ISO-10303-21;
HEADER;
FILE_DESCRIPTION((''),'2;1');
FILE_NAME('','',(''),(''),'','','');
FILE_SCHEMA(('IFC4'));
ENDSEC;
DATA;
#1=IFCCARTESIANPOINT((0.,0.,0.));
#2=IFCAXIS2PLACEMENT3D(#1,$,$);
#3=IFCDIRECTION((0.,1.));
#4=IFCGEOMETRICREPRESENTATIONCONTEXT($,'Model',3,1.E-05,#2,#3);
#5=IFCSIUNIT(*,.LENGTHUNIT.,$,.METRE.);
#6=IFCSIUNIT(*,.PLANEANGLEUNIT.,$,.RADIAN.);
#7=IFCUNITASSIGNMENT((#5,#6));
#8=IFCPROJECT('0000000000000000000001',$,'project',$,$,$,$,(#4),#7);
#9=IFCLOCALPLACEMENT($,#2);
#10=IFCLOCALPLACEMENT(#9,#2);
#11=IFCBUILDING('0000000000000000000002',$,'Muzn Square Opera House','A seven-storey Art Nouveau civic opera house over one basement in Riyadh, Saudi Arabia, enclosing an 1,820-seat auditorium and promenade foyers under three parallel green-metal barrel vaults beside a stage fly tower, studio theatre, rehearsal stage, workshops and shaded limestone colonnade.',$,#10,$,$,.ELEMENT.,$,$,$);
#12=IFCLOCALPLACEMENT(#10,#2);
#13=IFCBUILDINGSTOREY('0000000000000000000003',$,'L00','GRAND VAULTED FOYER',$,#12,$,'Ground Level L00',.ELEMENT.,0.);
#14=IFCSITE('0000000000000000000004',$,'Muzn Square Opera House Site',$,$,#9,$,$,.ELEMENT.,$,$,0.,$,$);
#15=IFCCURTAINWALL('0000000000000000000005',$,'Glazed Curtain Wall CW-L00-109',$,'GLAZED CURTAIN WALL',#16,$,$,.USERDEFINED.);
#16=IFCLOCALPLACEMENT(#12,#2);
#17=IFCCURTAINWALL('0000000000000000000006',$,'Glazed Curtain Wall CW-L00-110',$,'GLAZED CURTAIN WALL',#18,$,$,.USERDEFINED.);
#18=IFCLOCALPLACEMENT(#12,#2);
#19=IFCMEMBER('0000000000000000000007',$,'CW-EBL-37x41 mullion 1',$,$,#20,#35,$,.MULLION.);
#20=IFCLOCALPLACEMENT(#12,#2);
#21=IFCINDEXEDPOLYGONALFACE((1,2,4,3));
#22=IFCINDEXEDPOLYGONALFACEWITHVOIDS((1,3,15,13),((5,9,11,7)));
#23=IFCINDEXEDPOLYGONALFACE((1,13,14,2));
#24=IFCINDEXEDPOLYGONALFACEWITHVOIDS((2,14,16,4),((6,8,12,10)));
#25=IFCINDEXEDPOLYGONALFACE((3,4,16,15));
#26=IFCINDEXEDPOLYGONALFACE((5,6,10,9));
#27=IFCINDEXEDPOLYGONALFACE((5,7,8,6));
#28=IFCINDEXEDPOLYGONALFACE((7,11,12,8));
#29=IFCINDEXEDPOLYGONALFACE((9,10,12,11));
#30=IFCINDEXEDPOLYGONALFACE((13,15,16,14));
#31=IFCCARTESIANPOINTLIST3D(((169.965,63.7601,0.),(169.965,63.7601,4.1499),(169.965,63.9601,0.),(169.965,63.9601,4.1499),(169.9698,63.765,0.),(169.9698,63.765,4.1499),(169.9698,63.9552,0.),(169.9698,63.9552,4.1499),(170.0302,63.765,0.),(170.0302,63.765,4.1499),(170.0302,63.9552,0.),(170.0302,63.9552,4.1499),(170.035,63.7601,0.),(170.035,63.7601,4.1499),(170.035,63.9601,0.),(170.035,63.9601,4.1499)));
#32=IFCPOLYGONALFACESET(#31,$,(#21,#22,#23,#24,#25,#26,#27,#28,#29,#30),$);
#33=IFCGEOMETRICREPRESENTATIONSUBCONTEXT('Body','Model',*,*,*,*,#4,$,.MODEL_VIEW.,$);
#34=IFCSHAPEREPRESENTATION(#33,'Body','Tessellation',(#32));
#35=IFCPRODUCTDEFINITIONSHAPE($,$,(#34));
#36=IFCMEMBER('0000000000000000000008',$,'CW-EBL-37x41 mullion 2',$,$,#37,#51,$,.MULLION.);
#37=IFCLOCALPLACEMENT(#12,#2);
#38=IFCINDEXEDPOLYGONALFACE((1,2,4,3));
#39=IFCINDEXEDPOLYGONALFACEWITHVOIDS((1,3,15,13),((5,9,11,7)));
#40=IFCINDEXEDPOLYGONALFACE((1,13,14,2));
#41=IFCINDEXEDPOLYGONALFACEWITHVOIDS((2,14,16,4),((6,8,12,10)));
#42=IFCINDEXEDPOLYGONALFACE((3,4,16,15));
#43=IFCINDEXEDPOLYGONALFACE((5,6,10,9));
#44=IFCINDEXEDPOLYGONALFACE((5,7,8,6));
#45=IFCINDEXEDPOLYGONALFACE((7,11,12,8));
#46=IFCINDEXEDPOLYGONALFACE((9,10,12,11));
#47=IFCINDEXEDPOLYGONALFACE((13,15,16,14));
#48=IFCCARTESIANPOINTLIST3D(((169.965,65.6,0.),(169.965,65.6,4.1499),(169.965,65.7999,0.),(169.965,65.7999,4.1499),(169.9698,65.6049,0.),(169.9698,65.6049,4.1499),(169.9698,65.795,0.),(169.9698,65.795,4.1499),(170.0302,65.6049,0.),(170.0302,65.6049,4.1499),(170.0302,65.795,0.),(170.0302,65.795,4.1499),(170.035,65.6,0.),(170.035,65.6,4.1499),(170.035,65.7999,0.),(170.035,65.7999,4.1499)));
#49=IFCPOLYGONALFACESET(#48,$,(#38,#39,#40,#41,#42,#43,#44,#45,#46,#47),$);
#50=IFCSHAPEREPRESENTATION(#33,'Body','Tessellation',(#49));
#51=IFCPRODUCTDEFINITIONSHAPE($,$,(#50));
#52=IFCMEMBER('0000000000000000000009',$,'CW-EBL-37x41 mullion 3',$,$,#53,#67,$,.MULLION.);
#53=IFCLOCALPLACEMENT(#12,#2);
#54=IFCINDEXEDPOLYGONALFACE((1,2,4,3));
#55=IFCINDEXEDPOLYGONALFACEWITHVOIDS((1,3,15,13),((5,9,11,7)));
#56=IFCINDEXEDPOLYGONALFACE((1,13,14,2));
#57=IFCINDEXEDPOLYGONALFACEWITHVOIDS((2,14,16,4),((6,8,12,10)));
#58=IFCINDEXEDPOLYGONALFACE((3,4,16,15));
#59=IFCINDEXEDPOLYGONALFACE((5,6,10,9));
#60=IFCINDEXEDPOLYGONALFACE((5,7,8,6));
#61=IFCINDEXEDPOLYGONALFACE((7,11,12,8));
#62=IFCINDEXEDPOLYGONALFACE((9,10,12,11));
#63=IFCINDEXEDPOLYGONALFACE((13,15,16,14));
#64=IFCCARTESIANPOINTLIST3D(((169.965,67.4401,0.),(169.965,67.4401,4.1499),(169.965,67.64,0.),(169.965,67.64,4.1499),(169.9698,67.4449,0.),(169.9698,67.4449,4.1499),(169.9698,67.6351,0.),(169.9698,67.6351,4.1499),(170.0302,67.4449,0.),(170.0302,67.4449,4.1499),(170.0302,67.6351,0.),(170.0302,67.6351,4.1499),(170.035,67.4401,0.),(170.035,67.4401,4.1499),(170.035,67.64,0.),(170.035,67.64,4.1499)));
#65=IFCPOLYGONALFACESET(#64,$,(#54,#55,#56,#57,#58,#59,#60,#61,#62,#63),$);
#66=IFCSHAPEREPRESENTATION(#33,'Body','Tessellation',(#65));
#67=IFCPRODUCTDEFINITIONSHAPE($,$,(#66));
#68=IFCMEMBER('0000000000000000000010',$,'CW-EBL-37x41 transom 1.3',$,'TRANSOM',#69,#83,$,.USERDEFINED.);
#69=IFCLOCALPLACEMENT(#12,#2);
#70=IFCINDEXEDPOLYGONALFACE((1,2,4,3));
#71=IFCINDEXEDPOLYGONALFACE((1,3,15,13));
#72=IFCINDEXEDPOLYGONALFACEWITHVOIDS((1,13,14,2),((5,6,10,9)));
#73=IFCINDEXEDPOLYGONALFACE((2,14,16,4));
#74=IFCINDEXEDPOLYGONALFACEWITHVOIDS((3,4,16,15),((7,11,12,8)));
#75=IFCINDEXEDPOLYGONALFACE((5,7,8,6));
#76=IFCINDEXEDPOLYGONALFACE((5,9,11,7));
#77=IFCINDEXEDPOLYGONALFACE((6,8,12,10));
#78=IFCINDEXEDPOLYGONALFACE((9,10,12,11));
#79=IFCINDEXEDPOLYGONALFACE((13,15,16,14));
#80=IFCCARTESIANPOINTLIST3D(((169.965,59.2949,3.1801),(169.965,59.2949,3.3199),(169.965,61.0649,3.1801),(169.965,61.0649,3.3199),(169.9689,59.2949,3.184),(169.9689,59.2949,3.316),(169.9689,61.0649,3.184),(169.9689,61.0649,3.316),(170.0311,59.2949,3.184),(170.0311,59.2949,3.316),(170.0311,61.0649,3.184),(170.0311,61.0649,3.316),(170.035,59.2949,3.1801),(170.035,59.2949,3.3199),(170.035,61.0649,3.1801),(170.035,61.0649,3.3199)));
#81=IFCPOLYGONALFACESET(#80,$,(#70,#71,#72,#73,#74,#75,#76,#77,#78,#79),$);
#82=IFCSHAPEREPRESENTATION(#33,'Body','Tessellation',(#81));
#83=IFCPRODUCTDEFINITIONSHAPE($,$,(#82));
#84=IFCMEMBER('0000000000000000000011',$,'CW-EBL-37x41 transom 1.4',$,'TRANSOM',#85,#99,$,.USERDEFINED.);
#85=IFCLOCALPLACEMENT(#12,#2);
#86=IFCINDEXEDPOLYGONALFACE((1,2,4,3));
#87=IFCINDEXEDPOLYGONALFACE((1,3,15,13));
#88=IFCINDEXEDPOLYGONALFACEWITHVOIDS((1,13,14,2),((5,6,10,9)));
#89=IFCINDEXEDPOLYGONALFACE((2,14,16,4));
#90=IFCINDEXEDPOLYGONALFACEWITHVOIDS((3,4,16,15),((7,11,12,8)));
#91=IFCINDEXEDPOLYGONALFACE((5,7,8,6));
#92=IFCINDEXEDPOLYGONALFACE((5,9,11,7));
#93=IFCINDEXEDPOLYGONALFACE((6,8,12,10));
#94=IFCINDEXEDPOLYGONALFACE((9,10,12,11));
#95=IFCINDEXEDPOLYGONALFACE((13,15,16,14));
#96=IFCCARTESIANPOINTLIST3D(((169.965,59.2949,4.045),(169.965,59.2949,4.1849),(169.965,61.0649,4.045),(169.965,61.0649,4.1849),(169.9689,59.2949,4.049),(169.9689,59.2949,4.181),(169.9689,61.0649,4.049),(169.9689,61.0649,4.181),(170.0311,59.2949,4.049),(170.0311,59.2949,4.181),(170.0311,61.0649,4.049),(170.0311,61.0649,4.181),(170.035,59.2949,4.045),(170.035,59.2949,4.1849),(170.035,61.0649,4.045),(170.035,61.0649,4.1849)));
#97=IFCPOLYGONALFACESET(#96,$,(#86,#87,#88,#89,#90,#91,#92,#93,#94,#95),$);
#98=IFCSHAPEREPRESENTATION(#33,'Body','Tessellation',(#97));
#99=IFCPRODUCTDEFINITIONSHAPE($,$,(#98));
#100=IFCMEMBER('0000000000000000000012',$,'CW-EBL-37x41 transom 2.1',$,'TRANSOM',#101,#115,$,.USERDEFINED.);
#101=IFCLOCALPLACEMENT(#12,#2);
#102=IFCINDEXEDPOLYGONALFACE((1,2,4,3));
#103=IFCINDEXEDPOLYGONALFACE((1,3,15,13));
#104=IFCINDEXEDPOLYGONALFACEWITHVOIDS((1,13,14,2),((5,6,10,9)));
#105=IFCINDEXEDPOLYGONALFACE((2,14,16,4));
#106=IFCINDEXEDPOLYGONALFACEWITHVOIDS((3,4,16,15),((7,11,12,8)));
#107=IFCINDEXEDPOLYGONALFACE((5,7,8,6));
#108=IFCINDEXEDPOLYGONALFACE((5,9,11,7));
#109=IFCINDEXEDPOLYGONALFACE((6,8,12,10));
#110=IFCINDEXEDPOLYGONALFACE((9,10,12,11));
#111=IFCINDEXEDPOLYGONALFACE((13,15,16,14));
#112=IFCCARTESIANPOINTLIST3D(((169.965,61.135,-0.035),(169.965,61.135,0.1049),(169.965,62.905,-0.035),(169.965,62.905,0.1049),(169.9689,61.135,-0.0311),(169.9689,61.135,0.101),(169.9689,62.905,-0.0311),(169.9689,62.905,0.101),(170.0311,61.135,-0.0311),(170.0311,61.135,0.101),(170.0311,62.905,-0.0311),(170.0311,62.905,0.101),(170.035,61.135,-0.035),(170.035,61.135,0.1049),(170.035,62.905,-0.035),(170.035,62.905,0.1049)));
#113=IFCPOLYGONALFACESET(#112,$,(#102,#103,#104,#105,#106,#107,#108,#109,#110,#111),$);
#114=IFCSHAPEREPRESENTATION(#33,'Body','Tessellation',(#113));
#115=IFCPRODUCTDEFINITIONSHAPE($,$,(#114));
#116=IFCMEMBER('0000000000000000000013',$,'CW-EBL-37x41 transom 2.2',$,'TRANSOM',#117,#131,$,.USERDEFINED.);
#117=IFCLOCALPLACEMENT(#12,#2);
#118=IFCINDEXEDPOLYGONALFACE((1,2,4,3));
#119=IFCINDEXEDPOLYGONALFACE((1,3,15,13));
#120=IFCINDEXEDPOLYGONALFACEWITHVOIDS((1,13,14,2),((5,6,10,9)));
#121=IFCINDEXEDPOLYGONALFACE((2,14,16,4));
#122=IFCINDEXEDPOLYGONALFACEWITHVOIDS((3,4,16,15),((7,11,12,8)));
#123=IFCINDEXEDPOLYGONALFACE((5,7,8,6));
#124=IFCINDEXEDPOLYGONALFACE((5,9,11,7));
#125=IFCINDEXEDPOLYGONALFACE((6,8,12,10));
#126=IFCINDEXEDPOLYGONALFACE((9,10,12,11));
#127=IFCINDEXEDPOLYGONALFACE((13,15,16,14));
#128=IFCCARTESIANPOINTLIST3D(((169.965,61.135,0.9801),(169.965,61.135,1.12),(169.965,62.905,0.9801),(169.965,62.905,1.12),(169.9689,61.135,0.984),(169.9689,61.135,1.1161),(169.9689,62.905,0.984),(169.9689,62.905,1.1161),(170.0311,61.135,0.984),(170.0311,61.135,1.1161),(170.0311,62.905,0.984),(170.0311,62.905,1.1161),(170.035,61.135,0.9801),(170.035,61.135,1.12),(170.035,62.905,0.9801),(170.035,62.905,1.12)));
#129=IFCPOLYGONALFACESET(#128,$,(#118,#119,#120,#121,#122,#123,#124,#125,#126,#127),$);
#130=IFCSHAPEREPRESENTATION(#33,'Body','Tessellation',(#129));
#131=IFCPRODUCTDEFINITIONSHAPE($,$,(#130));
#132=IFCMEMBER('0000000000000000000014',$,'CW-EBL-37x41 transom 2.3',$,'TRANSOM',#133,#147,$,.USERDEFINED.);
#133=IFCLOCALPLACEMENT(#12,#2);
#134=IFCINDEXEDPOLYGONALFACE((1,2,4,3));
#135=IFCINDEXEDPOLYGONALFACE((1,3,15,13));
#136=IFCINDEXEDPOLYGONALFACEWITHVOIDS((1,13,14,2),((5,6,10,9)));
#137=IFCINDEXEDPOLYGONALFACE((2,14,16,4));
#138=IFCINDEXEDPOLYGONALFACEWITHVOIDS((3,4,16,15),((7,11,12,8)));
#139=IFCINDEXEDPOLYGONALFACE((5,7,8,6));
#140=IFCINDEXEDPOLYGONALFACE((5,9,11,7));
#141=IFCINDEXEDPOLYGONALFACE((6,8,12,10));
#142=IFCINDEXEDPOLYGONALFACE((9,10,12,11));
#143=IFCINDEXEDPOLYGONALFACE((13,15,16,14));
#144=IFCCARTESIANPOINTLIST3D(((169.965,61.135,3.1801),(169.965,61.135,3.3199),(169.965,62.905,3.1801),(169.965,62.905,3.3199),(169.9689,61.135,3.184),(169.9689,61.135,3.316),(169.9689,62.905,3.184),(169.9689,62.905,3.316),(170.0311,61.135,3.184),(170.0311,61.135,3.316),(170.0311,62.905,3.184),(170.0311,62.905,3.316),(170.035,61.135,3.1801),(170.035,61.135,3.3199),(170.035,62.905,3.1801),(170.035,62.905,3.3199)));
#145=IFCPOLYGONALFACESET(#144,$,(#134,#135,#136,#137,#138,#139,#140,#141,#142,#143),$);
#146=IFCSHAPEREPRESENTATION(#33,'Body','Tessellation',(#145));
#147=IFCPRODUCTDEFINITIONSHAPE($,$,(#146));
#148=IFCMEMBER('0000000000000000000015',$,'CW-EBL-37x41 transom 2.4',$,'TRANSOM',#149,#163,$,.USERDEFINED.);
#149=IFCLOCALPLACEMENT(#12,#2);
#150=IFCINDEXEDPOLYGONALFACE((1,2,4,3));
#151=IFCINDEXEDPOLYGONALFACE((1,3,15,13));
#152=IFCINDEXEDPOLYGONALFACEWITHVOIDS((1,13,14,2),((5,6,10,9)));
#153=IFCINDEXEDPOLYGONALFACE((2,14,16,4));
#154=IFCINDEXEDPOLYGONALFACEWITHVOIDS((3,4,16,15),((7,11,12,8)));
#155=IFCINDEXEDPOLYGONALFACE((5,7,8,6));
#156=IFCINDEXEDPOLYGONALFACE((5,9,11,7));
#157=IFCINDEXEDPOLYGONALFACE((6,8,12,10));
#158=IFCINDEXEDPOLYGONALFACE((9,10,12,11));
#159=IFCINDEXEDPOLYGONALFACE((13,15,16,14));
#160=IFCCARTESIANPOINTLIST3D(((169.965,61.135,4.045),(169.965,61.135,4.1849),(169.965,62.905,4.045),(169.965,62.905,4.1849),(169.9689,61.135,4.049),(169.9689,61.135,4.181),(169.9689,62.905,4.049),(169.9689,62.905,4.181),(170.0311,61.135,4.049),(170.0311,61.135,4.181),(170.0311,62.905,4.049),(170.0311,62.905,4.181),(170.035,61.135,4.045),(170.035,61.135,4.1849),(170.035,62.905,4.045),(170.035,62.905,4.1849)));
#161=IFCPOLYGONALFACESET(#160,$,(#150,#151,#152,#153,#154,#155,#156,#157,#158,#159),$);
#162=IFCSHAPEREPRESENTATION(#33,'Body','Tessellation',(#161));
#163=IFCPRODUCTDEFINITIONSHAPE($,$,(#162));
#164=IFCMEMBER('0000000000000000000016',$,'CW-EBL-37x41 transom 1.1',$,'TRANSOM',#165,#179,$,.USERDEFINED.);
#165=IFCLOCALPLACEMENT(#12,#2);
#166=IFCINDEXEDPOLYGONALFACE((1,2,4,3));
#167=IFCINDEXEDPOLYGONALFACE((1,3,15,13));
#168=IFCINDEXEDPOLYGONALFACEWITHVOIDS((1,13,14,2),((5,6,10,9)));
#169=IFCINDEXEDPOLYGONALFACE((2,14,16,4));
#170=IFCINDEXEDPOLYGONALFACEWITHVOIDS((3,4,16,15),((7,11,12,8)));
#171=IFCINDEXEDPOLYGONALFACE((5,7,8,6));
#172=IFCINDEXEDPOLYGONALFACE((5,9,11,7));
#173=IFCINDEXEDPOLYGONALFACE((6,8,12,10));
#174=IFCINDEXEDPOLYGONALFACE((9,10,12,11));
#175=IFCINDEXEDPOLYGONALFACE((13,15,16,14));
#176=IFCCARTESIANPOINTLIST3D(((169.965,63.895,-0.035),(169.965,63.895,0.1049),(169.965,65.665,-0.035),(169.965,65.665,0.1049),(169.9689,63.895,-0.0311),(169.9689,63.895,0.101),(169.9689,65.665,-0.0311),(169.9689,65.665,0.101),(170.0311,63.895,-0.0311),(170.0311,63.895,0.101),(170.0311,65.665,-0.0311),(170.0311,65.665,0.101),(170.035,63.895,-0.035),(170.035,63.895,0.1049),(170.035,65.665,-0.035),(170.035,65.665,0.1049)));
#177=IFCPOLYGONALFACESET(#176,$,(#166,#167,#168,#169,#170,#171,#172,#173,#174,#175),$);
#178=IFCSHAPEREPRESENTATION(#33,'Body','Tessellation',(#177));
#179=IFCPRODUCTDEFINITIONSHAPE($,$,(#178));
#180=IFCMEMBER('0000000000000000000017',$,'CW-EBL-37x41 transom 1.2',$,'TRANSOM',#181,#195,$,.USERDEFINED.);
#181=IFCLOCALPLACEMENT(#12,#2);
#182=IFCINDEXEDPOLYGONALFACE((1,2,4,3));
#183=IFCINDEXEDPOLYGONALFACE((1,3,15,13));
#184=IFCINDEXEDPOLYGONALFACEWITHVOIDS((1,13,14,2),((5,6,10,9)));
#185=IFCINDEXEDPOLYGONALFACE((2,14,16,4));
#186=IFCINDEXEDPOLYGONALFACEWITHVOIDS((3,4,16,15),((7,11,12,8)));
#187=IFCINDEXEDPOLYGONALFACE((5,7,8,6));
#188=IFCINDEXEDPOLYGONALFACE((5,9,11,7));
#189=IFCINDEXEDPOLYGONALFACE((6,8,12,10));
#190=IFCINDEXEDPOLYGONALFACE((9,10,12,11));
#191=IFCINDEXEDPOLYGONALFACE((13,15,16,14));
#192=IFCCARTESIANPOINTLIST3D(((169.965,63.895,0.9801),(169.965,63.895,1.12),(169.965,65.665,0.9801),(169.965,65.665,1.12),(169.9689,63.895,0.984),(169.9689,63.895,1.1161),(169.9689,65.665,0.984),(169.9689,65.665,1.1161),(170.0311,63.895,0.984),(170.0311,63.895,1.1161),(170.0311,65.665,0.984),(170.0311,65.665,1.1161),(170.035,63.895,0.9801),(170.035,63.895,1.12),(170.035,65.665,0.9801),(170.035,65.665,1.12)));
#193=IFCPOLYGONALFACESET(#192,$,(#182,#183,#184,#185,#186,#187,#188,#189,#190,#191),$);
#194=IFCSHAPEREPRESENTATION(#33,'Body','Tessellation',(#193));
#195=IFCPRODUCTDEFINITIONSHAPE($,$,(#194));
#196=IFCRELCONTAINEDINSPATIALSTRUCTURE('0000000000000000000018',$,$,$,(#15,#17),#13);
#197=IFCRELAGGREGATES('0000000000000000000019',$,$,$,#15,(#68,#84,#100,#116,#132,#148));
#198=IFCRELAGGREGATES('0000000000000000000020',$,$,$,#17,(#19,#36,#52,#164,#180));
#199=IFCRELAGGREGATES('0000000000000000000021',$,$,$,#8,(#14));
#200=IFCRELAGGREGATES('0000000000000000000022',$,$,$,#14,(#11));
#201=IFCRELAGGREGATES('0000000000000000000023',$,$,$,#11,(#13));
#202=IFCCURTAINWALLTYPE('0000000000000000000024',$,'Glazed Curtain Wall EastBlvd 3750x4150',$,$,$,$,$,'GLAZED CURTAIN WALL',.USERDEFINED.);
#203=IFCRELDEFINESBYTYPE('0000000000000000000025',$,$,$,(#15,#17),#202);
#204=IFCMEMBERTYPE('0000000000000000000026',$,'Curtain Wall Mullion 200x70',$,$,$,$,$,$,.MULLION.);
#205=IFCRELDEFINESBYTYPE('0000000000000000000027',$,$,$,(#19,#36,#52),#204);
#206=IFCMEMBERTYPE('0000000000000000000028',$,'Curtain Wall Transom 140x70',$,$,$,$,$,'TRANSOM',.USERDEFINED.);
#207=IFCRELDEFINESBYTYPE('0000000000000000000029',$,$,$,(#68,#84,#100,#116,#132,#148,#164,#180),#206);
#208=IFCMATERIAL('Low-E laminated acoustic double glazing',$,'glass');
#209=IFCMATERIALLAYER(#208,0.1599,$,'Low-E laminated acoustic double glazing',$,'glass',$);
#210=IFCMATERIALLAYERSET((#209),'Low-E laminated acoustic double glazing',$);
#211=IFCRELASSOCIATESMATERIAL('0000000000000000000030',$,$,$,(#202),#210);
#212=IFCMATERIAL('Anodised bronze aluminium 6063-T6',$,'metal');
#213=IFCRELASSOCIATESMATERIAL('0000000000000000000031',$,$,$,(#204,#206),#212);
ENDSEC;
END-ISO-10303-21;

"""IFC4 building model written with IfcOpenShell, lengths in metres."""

from ifc_helpers import new_model, si_unit, direction, frame, origin, origin_2d, place, context, subcontext, project, spatial, hollow_rectangle, extrude, material, layer, layer_set, material_profile, profile_set, type_object, element, aggregate, save


model = new_model("IFC4")

# Units and contexts
model_context = context("Model", 3, precision=1e-05, world=origin(), true_north=direction((0.0, 1.0)))
body_context = subcontext(model_context, "Body", "Model", "MODEL_VIEW")
ifc_project = project(units=[si_unit("LENGTHUNIT", "METRE"), si_unit("PLANEANGLEUNIT", "RADIAN")], contexts=[model_context])

# Site, building, storey
site_placement = place(None, origin())
site = spatial("IfcSite", under=ifc_project, at=site_placement, Name="Muzn Square Opera House Site", CompositionType="ELEMENT", RefElevation=0.0)
building_placement = place(site_placement, origin())
building = spatial("IfcBuilding", under=site, at=building_placement, Name="Muzn Square Opera House", Description="A seven-storey Art Nouveau civic opera house over one basement in Riyadh, Saudi Arabia, enclosing an 1,820-seat auditorium and promenade foyers under three parallel green-metal barrel vaults beside a stage fly tower, studio theatre, rehearsal stage, workshops and shaded limestone colonnade.", CompositionType="ELEMENT")
storey_placement = place(building_placement, origin())
storey = spatial("IfcBuildingStorey", under=building, at=storey_placement, Name="L00", Description="GRAND VAULTED FOYER", LongName="Ground Level L00", CompositionType="ELEMENT", Elevation=0.0)

# Curtain walls, members
ifc_material_1 = material(Name="Low-E laminated acoustic double glazing", Category="glass")
ifc_layer_1 = layer(ifc_material_1, 0.1599, Name="Low-E laminated acoustic double glazing", Category="glass")
ifc_layer_set_1 = layer_set([ifc_layer_1], Name="Low-E laminated acoustic double glazing")
curtain_wall_type = type_object("IfcCurtainWallType", Name="Glazed Curtain Wall EastBlvd 3750x4150", ElementType="GLAZED CURTAIN WALL", PredefinedType="USERDEFINED", material=ifc_layer_set_1)
curtain_wall_1_placement = place(storey_placement, origin())
curtain_wall_1 = element("IfcCurtainWall", 1, at=curtain_wall_1_placement, inside=storey, type_object=curtain_wall_type, Name="Glazed Curtain Wall CW-L00-109", ObjectType="GLAZED CURTAIN WALL", PredefinedType="USERDEFINED")
ifc_material_2 = material(Name="Anodised bronze aluminium 6063-T6", Category="metal")
ifc_material_profile_1 = material_profile(ifc_material_2, hollow_rectangle(XDim=0.0701, YDim=0.2, WallThickness=0.0049, at=origin_2d()), Name="ALU 200x70x5", Category="metal")
ifc_profile_set_1 = profile_set([ifc_material_profile_1], Name="Anodised bronze aluminium 6063-T6")
member_type_1 = type_object("IfcMemberType", Name="Curtain Wall Mullion 200x70", PredefinedType="MULLION", material=ifc_profile_set_1)
curtain_wall_2_placement = place(storey_placement, origin())
curtain_wall_2 = element("IfcCurtainWall", 2, at=curtain_wall_2_placement, inside=storey, type_object=curtain_wall_type, Name="Glazed Curtain Wall CW-L00-110", ObjectType="GLAZED CURTAIN WALL", PredefinedType="USERDEFINED")
member_1_placement = place(storey_placement, frame((170.0, 63.8601, 0.0), z_axis=(0.0, 0.0, 1.0), x_axis=(-1.0, 0.0, 0.0)))
member_1 = element("IfcMember", 3, at=member_1_placement, type_object=member_type_1, Name="CW-EBL-37x41 mullion 1", PredefinedType="MULLION", context=body_context, shape_type="SweptSolid", body=[
    extrude(hollow_rectangle(XDim=0.0701, YDim=0.2, WallThickness=0.0049, at=origin_2d()), origin(), (0.0, 0.0, 1.0), 4.1499),
])
member_2_placement = place(storey_placement, frame((170.0, 65.7, 0.0), z_axis=(0.0, 0.0, 1.0), x_axis=(-1.0, 0.0, 0.0)))
member_2 = element("IfcMember", 4, at=member_2_placement, type_object=member_type_1, Name="CW-EBL-37x41 mullion 2", PredefinedType="MULLION", context=body_context, shape_type="SweptSolid", body=[
    extrude(hollow_rectangle(XDim=0.0701, YDim=0.2, WallThickness=0.0049, at=origin_2d()), origin(), (0.0, 0.0, 1.0), 4.1499),
])
member_3_placement = place(storey_placement, frame((170.0, 67.54, 0.0), z_axis=(0.0, 0.0, 1.0), x_axis=(-1.0, 0.0, 0.0)))
member_3 = element("IfcMember", 5, at=member_3_placement, type_object=member_type_1, Name="CW-EBL-37x41 mullion 3", PredefinedType="MULLION", context=body_context, shape_type="SweptSolid", body=[
    extrude(hollow_rectangle(XDim=0.0701, YDim=0.2, WallThickness=0.0049, at=origin_2d()), origin(), (0.0, 0.0, 1.0), 4.1499),
])

# Members
ifc_material_profile_2 = material_profile(ifc_material_2, hollow_rectangle(XDim=0.0701, YDim=0.1399, WallThickness=0.0039, at=origin_2d()), Name="ALU 140x70x4", Category="metal")
ifc_profile_set_2 = profile_set([ifc_material_profile_2], Name="Anodised bronze aluminium 6063-T6")
member_type_2 = type_object("IfcMemberType", Name="Curtain Wall Transom 140x70", ElementType="TRANSOM", PredefinedType="USERDEFINED", material=ifc_profile_set_2)
member_4_placement = place(storey_placement, frame((170.0, 59.2949, 3.25), z_axis=(0.0, 1.0, 0.0), x_axis=(-1.0, 0.0, 0.0)))
member_4 = element("IfcMember", 6, at=member_4_placement, type_object=member_type_2, Name="CW-EBL-37x41 transom 1.3", ObjectType="TRANSOM", PredefinedType="USERDEFINED", context=body_context, shape_type="SweptSolid", body=[
    extrude(hollow_rectangle(XDim=0.0701, YDim=0.1399, WallThickness=0.0039, at=origin_2d()), origin(), (0.0, 0.0, 1.0), 1.77),
])
member_5_placement = place(storey_placement, frame((170.0, 59.2949, 4.115), z_axis=(0.0, 1.0, 0.0), x_axis=(-1.0, 0.0, 0.0)))
member_5 = element("IfcMember", 7, at=member_5_placement, type_object=member_type_2, Name="CW-EBL-37x41 transom 1.4", ObjectType="TRANSOM", PredefinedType="USERDEFINED", context=body_context, shape_type="SweptSolid", body=[
    extrude(hollow_rectangle(XDim=0.0701, YDim=0.1399, WallThickness=0.0039, at=origin_2d()), origin(), (0.0, 0.0, 1.0), 1.77),
])
member_6_placement = place(storey_placement, frame((170.0, 61.135, 0.0349), z_axis=(0.0, 1.0, 0.0), x_axis=(-1.0, 0.0, 0.0)))
member_6 = element("IfcMember", 8, at=member_6_placement, type_object=member_type_2, Name="CW-EBL-37x41 transom 2.1", ObjectType="TRANSOM", PredefinedType="USERDEFINED", context=body_context, shape_type="SweptSolid", body=[
    extrude(hollow_rectangle(XDim=0.0701, YDim=0.1399, WallThickness=0.0039, at=origin_2d()), origin(), (0.0, 0.0, 1.0), 1.77),
])
member_7_placement = place(storey_placement, frame((170.0, 61.135, 1.05), z_axis=(0.0, 1.0, 0.0), x_axis=(-1.0, 0.0, 0.0)))
member_7 = element("IfcMember", 9, at=member_7_placement, type_object=member_type_2, Name="CW-EBL-37x41 transom 2.2", ObjectType="TRANSOM", PredefinedType="USERDEFINED", context=body_context, shape_type="SweptSolid", body=[
    extrude(hollow_rectangle(XDim=0.0701, YDim=0.1399, WallThickness=0.0039, at=origin_2d()), origin(), (0.0, 0.0, 1.0), 1.77),
])
member_8_placement = place(storey_placement, frame((170.0, 61.135, 3.25), z_axis=(0.0, 1.0, 0.0), x_axis=(-1.0, 0.0, 0.0)))
member_8 = element("IfcMember", 10, at=member_8_placement, type_object=member_type_2, Name="CW-EBL-37x41 transom 2.3", ObjectType="TRANSOM", PredefinedType="USERDEFINED", context=body_context, shape_type="SweptSolid", body=[
    extrude(hollow_rectangle(XDim=0.0701, YDim=0.1399, WallThickness=0.0039, at=origin_2d()), origin(), (0.0, 0.0, 1.0), 1.77),
])
member_9_placement = place(storey_placement, frame((170.0, 61.135, 4.115), z_axis=(0.0, 1.0, 0.0), x_axis=(-1.0, 0.0, 0.0)))
member_9 = element("IfcMember", 11, at=member_9_placement, type_object=member_type_2, Name="CW-EBL-37x41 transom 2.4", ObjectType="TRANSOM", PredefinedType="USERDEFINED", context=body_context, shape_type="SweptSolid", body=[
    extrude(hollow_rectangle(XDim=0.0701, YDim=0.1399, WallThickness=0.0039, at=origin_2d()), origin(), (0.0, 0.0, 1.0), 1.77),
])
member_10_placement = place(storey_placement, frame((170.0, 63.895, 0.0349), z_axis=(0.0, 1.0, 0.0), x_axis=(-1.0, 0.0, 0.0)))
member_10 = element("IfcMember", 12, at=member_10_placement, type_object=member_type_2, Name="CW-EBL-37x41 transom 1.1", ObjectType="TRANSOM", PredefinedType="USERDEFINED", context=body_context, shape_type="SweptSolid", body=[
    extrude(hollow_rectangle(XDim=0.0701, YDim=0.1399, WallThickness=0.0039, at=origin_2d()), origin(), (0.0, 0.0, 1.0), 1.77),
])
member_11_placement = place(storey_placement, frame((170.0, 63.895, 1.05), z_axis=(0.0, 1.0, 0.0), x_axis=(-1.0, 0.0, 0.0)))
member_11 = element("IfcMember", 13, at=member_11_placement, type_object=member_type_2, Name="CW-EBL-37x41 transom 1.2", ObjectType="TRANSOM", PredefinedType="USERDEFINED", context=body_context, shape_type="SweptSolid", body=[
    extrude(hollow_rectangle(XDim=0.0701, YDim=0.1399, WallThickness=0.0039, at=origin_2d()), origin(), (0.0, 0.0, 1.0), 1.77),
])

aggregate(curtain_wall_1, [member_4, member_5, member_6, member_7, member_8, member_9])
aggregate(curtain_wall_2, [member_1, member_2, member_3, member_10, member_11])

save(model, "model.ifc")
